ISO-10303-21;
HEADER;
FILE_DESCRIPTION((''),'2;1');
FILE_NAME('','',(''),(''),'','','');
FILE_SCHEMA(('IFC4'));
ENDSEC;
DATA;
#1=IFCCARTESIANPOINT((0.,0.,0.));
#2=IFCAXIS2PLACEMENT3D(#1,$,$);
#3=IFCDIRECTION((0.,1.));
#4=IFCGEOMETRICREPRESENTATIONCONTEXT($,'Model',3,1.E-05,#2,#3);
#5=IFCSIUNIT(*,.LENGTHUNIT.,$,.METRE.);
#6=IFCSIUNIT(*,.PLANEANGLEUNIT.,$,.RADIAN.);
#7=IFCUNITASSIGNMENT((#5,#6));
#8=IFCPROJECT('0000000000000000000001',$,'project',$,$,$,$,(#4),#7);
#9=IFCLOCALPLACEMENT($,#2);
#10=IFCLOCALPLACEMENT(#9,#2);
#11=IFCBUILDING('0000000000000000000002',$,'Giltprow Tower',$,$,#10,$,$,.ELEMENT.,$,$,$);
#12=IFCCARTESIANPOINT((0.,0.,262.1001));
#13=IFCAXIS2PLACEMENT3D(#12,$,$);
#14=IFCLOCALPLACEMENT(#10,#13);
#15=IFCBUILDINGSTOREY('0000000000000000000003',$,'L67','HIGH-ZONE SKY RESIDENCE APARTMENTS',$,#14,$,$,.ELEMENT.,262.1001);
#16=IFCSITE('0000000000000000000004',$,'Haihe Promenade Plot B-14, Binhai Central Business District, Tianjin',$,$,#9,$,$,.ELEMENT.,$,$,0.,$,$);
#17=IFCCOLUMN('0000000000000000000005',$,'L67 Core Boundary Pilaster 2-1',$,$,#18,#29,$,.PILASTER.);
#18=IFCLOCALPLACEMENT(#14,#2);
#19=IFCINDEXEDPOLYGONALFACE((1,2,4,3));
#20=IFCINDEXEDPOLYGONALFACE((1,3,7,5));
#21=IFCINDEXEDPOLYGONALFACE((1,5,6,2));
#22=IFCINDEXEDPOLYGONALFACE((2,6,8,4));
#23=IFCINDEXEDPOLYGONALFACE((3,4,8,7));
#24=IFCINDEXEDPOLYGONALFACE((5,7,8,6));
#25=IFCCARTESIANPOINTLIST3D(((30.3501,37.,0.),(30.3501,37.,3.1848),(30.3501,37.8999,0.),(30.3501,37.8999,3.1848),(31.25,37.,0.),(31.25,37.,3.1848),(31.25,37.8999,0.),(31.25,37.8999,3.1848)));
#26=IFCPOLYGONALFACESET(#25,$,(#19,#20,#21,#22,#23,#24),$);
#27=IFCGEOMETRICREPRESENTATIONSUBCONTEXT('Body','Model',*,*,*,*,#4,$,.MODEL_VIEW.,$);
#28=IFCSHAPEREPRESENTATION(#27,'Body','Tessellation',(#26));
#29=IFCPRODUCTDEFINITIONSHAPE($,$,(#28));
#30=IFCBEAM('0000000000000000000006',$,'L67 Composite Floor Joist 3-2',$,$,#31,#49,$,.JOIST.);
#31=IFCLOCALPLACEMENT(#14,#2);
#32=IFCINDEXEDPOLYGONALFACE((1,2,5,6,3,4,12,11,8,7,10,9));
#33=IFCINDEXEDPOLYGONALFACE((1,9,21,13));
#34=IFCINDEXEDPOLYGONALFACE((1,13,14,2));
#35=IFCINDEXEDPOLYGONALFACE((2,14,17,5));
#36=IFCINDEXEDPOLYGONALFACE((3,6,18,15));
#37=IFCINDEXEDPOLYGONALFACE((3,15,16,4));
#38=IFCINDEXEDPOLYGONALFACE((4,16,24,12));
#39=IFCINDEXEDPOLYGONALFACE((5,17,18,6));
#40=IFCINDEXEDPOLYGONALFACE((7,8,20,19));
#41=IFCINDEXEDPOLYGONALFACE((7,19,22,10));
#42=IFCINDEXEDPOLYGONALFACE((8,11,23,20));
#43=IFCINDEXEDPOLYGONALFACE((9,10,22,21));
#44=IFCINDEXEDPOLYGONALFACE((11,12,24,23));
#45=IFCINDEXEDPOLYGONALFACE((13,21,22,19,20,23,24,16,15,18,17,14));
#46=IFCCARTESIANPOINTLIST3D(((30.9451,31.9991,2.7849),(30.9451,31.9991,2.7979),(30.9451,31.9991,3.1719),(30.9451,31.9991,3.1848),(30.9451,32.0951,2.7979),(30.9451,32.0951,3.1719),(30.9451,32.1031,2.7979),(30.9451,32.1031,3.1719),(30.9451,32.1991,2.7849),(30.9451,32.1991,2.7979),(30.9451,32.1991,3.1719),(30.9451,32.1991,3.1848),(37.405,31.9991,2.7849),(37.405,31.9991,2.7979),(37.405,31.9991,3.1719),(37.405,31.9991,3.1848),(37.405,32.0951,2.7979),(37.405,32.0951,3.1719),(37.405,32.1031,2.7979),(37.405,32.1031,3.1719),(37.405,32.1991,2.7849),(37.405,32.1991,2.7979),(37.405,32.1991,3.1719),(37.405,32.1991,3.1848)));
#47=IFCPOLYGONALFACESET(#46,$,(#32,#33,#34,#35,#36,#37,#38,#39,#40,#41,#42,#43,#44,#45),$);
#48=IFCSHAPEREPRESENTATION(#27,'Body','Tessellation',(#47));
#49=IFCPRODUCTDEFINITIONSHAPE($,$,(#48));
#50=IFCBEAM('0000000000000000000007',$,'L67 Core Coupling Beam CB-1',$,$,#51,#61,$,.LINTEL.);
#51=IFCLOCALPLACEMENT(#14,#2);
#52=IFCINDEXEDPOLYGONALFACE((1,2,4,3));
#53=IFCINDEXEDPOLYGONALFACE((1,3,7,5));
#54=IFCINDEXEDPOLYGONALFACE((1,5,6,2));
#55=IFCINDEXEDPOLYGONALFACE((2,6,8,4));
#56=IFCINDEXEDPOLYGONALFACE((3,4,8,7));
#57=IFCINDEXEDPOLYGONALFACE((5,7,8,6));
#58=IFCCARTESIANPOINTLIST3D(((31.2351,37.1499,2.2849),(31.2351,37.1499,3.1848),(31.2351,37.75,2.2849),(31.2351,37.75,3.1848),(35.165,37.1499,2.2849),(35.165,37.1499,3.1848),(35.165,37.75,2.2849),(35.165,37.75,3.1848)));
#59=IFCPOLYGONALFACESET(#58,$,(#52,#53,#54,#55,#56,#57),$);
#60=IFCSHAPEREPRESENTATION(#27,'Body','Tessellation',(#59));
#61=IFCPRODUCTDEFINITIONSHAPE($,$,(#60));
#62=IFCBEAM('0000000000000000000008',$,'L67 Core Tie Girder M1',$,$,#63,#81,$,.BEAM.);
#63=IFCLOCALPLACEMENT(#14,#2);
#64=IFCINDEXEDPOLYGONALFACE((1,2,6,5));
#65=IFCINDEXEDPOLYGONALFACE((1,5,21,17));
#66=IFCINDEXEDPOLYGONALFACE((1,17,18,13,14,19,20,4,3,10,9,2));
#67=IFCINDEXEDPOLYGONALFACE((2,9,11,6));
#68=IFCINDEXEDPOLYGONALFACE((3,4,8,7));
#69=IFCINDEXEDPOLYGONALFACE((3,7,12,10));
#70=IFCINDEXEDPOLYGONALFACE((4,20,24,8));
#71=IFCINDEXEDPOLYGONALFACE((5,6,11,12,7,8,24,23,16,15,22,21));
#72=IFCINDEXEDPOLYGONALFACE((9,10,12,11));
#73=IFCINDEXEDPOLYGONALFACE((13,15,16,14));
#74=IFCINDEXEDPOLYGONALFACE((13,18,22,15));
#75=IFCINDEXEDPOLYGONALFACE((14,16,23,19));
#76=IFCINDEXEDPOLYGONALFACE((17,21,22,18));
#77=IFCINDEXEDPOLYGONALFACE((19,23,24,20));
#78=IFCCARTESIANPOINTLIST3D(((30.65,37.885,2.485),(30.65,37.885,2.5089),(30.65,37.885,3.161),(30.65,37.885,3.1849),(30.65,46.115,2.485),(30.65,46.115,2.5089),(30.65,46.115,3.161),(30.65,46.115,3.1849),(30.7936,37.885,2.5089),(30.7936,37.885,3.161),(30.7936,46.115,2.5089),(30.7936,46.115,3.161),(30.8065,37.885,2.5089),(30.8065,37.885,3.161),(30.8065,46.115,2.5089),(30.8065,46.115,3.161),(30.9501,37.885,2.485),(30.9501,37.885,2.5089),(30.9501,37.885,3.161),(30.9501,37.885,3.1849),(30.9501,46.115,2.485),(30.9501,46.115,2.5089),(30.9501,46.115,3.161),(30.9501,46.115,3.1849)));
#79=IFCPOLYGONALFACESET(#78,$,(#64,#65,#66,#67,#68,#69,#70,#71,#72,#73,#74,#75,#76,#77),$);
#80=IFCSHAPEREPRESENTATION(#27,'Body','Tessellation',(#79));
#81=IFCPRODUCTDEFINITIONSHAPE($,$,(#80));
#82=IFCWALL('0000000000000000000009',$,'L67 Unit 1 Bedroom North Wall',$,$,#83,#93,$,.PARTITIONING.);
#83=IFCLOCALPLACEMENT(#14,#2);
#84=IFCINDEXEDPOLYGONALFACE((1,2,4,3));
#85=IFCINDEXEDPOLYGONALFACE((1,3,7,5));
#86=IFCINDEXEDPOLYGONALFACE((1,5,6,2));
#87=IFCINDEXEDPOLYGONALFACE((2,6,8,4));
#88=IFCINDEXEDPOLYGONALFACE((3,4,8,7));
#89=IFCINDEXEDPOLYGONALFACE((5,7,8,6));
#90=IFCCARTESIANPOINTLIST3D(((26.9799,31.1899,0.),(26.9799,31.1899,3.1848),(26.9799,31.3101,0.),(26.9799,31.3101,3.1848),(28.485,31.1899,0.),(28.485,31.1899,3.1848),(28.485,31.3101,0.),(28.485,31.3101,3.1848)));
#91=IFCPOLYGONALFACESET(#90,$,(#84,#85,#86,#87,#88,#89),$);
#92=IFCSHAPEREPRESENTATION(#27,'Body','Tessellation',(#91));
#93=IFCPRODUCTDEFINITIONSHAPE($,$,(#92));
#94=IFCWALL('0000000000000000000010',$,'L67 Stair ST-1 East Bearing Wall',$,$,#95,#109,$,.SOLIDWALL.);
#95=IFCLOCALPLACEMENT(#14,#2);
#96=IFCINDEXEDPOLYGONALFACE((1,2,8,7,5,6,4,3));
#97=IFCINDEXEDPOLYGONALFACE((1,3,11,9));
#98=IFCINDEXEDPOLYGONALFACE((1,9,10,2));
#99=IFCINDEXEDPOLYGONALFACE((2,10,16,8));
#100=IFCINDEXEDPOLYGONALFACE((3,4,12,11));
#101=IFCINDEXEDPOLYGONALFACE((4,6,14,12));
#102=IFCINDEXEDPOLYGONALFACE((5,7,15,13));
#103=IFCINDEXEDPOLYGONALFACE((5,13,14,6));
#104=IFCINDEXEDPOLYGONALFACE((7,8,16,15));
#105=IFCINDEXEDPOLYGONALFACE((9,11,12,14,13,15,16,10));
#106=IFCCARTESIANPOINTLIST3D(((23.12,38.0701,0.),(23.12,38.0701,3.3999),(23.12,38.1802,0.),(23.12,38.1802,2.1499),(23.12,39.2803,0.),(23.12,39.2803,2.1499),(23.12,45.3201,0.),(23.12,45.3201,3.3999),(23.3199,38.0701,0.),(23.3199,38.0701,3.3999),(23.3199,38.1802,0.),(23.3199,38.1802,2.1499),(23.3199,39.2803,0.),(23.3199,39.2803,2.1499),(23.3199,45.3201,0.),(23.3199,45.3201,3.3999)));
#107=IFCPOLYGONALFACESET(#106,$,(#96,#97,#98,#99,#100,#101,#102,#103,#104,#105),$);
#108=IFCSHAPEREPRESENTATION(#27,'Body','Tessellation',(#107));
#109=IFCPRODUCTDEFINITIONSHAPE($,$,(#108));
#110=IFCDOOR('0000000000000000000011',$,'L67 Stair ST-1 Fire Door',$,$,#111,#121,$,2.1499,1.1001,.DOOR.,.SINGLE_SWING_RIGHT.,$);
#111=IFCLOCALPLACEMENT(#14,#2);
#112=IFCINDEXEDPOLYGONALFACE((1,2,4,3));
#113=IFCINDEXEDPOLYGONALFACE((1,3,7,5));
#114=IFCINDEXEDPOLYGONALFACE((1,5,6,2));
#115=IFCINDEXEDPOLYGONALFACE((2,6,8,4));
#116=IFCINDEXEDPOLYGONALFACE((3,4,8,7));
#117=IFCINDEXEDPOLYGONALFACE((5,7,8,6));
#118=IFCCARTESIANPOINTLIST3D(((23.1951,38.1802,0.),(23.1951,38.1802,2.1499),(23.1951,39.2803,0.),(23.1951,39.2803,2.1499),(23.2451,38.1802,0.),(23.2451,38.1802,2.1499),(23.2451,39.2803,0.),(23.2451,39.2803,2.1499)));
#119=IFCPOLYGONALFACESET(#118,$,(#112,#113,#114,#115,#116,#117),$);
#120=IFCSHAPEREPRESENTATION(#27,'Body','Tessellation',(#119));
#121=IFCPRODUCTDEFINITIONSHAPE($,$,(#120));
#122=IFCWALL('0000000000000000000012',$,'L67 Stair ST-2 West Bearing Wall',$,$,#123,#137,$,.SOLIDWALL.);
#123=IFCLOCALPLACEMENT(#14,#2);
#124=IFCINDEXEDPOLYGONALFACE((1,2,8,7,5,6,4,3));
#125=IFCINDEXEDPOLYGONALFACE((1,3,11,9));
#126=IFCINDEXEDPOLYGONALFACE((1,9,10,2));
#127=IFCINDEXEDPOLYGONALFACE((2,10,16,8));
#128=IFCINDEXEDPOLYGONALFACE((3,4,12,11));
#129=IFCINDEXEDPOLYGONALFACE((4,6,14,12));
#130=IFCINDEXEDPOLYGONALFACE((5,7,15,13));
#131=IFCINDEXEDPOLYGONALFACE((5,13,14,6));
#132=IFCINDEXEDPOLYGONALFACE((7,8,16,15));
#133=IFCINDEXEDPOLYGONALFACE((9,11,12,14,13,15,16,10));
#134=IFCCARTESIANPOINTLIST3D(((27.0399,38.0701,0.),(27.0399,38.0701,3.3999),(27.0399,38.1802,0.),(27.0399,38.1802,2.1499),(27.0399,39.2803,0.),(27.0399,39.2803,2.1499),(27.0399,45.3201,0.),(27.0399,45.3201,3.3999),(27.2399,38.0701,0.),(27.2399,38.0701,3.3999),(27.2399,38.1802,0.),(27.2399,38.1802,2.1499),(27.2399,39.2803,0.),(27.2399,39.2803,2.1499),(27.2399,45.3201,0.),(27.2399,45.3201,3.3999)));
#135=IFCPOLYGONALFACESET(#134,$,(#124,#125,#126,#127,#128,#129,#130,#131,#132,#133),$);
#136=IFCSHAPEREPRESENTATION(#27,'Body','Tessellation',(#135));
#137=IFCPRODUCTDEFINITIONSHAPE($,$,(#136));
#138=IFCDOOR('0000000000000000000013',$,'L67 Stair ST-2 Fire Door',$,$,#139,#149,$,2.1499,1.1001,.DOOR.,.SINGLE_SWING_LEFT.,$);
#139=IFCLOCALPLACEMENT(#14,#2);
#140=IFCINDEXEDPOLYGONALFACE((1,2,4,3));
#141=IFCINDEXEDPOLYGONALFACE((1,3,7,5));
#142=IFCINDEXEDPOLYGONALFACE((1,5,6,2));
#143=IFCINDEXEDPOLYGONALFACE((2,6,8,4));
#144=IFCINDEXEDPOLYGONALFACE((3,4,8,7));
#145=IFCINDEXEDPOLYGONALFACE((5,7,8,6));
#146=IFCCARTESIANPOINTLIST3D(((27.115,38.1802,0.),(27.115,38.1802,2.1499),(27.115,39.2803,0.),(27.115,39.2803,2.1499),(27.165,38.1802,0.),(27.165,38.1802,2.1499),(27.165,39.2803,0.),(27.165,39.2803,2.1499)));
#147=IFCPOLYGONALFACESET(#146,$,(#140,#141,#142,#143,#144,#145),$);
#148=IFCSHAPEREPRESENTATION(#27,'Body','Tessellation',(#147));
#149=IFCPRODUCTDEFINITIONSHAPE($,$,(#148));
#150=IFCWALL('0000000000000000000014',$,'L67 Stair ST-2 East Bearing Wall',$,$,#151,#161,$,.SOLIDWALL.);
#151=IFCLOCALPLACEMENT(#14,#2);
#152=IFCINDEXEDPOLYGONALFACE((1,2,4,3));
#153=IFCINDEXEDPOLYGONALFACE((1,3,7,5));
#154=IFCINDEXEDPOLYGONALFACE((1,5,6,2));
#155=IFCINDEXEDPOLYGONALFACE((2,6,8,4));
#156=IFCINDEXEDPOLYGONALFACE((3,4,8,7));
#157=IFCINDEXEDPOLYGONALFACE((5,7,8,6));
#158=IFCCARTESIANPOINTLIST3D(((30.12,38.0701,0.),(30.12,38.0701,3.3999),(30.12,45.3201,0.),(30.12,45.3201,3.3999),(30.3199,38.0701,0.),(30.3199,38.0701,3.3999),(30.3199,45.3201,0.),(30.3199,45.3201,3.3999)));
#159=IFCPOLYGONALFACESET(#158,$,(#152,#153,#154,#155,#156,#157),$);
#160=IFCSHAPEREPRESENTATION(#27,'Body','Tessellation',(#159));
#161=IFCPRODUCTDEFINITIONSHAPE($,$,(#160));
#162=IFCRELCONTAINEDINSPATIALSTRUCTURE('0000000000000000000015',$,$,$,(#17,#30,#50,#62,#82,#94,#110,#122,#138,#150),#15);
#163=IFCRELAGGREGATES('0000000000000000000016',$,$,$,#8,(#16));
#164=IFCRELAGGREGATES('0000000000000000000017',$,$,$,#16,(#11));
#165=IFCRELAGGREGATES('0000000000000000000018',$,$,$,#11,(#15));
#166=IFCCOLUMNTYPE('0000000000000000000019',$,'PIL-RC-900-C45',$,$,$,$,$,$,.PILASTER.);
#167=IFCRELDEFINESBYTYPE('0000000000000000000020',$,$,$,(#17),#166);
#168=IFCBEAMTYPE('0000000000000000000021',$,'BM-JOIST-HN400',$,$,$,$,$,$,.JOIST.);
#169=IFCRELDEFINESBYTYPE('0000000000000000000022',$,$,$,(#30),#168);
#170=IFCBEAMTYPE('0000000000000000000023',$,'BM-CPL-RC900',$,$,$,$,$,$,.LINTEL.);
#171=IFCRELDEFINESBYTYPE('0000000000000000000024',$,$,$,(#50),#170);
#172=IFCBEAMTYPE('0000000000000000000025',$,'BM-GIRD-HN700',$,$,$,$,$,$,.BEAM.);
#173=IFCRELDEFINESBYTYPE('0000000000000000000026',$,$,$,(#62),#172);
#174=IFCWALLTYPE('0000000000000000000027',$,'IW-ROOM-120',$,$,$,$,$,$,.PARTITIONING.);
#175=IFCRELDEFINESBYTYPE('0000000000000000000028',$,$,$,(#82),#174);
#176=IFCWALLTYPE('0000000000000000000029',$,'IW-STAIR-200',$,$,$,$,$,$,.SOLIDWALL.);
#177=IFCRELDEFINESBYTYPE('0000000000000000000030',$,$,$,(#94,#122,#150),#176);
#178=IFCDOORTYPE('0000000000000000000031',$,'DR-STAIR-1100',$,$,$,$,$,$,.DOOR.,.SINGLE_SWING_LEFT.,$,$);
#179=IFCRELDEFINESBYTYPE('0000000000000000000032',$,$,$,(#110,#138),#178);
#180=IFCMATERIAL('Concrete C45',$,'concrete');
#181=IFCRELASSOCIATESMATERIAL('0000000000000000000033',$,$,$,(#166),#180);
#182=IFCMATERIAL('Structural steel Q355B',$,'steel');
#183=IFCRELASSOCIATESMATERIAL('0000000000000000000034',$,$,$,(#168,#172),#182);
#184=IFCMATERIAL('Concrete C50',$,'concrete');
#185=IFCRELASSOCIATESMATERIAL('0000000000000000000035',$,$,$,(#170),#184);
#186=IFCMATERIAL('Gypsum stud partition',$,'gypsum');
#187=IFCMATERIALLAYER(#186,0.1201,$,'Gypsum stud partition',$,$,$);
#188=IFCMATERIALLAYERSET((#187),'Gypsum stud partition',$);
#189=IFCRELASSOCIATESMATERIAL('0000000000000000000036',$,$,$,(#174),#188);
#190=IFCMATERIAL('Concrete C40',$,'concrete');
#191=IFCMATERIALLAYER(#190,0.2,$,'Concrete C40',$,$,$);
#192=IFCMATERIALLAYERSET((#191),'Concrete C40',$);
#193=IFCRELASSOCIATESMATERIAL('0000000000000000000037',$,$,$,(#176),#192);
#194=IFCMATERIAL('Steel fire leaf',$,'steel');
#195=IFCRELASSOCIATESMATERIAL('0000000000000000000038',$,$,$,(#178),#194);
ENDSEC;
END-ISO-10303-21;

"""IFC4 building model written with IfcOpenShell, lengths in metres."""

from ifc_helpers import new_model, si_unit, direction, frame, frame_2d, origin, origin_2d, place, context, subcontext, project, spatial, rectangle, i_section, extrude, source, transform, mapped, material, layer, layer_set, material_profile, profile_set, type_object, element, fill, save


model = new_model("IFC4")

# Units and contexts
model_context = context("Model", 3, precision=1e-05, world=origin(), true_north=direction((0.0, 1.0)))
body_context = subcontext(model_context, "Body", "Model", "MODEL_VIEW")
ifc_project = project(units=[si_unit("LENGTHUNIT", "METRE"), si_unit("PLANEANGLEUNIT", "RADIAN")], contexts=[model_context])

# Site, building, storey
site_placement = place(None, origin())
site = spatial("IfcSite", under=ifc_project, at=site_placement, Name="Haihe Promenade Plot B-14, Binhai Central Business District, Tianjin", CompositionType="ELEMENT", RefElevation=0.0)
building_placement = place(site_placement, origin())
building = spatial("IfcBuilding", under=site, at=building_placement, Name="Giltprow Tower", CompositionType="ELEMENT")
storey_placement = place(building_placement, frame((0.0, 0.0, 262.1001)))
storey = spatial("IfcBuildingStorey", under=building, at=storey_placement, Name="L67", Description="HIGH-ZONE SKY RESIDENCE APARTMENTS", CompositionType="ELEMENT", Elevation=262.1001)

# Column
ifc_material_1 = material(Name="Concrete C45", Category="concrete")
ifc_material_profile_1 = material_profile(ifc_material_1, rectangle(XDim=0.8999, YDim=0.8999, at=origin_2d()), Name="RC 900x900")
ifc_profile_set_1 = profile_set([ifc_material_profile_1], Name="Concrete C45")
column_type = type_object("IfcColumnType", Name="PIL-RC-900-C45", PredefinedType="PILASTER", material=ifc_profile_set_1)
shared_shape_1 = source(origin(), body_context, "Body", "SweptSolid", [
    extrude(rectangle(XDim=0.8999, YDim=0.8999, at=origin_2d()), origin(), (0.0, 0.0, 1.0), 3.1848),
])
column_placement = place(storey_placement, frame((30.8, 37.45, 0.0), z_axis=(0.0, 0.0, 1.0), x_axis=(1.0, 0.0, 0.0)))
element("IfcColumn", 1, at=column_placement, inside=storey, type_object=column_type, Name="L67 Core Boundary Pilaster 2-1", PredefinedType="PILASTER", context=body_context, shape_type="MappedRepresentation", body=[
    mapped(shared_shape_1, transform((0.0, 0.0, 0.0), x_axis=(1.0, 0.0, 0.0), y_axis=(0.0, 1.0, 0.0), z_axis=(0.0, 0.0, 1.0), scale=1.0)),
])

# Beams
ifc_material_2 = material(Name="Structural steel Q355B", Category="steel")
ifc_material_profile_2 = material_profile(ifc_material_2, i_section(OverallWidth=0.2, OverallDepth=0.3999, WebThickness=0.0081, FlangeThickness=0.0129, at=origin_2d()), Name="HN 400x200x8x13")
ifc_profile_set_2 = profile_set([ifc_material_profile_2], Name="Structural steel Q355B")
beam_type_1 = type_object("IfcBeamType", Name="BM-JOIST-HN400", PredefinedType="JOIST", material=ifc_profile_set_2)
shared_shape_2 = source(origin(), body_context, "Body", "SweptSolid", [
    extrude(i_section(OverallWidth=0.2, OverallDepth=0.3999, WebThickness=0.0081, FlangeThickness=0.0129, at=origin_2d()), origin(), (0.0, 0.0, 1.0), 6.46),
])
beam_1_placement = place(storey_placement, frame((30.9451, 32.0991, 2.9849), z_axis=(1.0, 0.0, 0.0), x_axis=(0.0, 1.0, 0.0)))
element("IfcBeam", 2, at=beam_1_placement, inside=storey, type_object=beam_type_1, Name="L67 Composite Floor Joist 3-2", PredefinedType="JOIST", context=body_context, shape_type="MappedRepresentation", body=[
    mapped(shared_shape_2, transform((0.0, 0.0, 0.0), x_axis=(1.0, 0.0, 0.0), y_axis=(0.0, 1.0, 0.0), z_axis=(0.0, 0.0, 1.0), scale=1.0)),
])
ifc_material_3 = material(Name="Concrete C50", Category="concrete")
ifc_material_profile_3 = material_profile(ifc_material_3, rectangle(XDim=0.6001, YDim=0.8999, at=origin_2d()), Name="RC 900x600")
ifc_profile_set_3 = profile_set([ifc_material_profile_3], Name="Concrete C50")
beam_type_2 = type_object("IfcBeamType", Name="BM-CPL-RC900", PredefinedType="LINTEL", material=ifc_profile_set_3)
shared_shape_3 = source(origin(), body_context, "Body", "SweptSolid", [
    extrude(rectangle(XDim=0.6001, YDim=0.8999, at=origin_2d()), origin(), (0.0, 0.0, 1.0), 3.9299),
])
beam_2_placement = place(storey_placement, frame((31.2351, 37.45, 2.7349), z_axis=(1.0, 0.0, 0.0), x_axis=(0.0, 1.0, 0.0)))
element("IfcBeam", 3, at=beam_2_placement, inside=storey, type_object=beam_type_2, Name="L67 Core Coupling Beam CB-1", PredefinedType="LINTEL", context=body_context, shape_type="MappedRepresentation", body=[
    mapped(shared_shape_3, transform((0.0, 0.0, 0.0), x_axis=(1.0, 0.0, 0.0), y_axis=(0.0, 1.0, 0.0), z_axis=(0.0, 0.0, 1.0), scale=1.0)),
])
ifc_material_profile_4 = material_profile(ifc_material_2, i_section(OverallWidth=0.3, OverallDepth=0.7, WebThickness=0.0129, FlangeThickness=0.0239, at=origin_2d()), Name="HN 700x300x13x24")
ifc_profile_set_4 = profile_set([ifc_material_profile_4], Name="Structural steel Q355B")
beam_type_3 = type_object("IfcBeamType", Name="BM-GIRD-HN700", PredefinedType="BEAM", material=ifc_profile_set_4)
shared_shape_4 = source(origin(), body_context, "Body", "SweptSolid", [
    extrude(i_section(OverallWidth=0.3, OverallDepth=0.7, WebThickness=0.0129, FlangeThickness=0.0239, at=origin_2d()), origin(), (0.0, 0.0, 1.0), 8.23),
])
beam_3_placement = place(storey_placement, frame((30.8, 37.885, 2.835), z_axis=(0.0, 1.0, 0.0), x_axis=(-1.0, 0.0, 0.0)))
element("IfcBeam", 4, at=beam_3_placement, inside=storey, type_object=beam_type_3, Name="L67 Core Tie Girder M1", PredefinedType="BEAM", context=body_context, shape_type="MappedRepresentation", body=[
    mapped(shared_shape_4, transform((0.0, 0.0, 0.0), x_axis=(1.0, 0.0, 0.0), y_axis=(0.0, 1.0, 0.0), z_axis=(0.0, 0.0, 1.0), scale=1.0)),
])

# Wall
ifc_material_4 = material(Name="Gypsum stud partition", Category="gypsum")
ifc_layer_1 = layer(ifc_material_4, 0.1201, Name="Gypsum stud partition")
ifc_layer_set_1 = layer_set([ifc_layer_1], Name="Gypsum stud partition")
wall_type_1 = type_object("IfcWallType", Name="IW-ROOM-120", PredefinedType="PARTITIONING", material=ifc_layer_set_1)
wall_1_placement = place(storey_placement, frame((26.98, 31.25, 0.0), z_axis=(0.0, 0.0, 1.0), x_axis=(1.0, 0.0, 0.0)))
element("IfcWall", 5, at=wall_1_placement, inside=storey, type_object=wall_type_1, Name="L67 Unit 1 Bedroom North Wall", PredefinedType="PARTITIONING", context=body_context, shape_type="SweptSolid", body=[
    extrude(rectangle(XDim=1.5051, YDim=0.1201, at=frame_2d((0.7524, 0.0))), origin(), (0.0, 0.0, 1.0), 3.1848),
])

# Walls, openings, doors
ifc_material_5 = material(Name="Concrete C40", Category="concrete")
ifc_layer_2 = layer(ifc_material_5, 0.2, Name="Concrete C40")
ifc_layer_set_2 = layer_set([ifc_layer_2], Name="Concrete C40")
wall_type_2 = type_object("IfcWallType", Name="IW-STAIR-200", PredefinedType="SOLIDWALL", material=ifc_layer_set_2)
wall_2_placement = place(storey_placement, frame((23.22, 38.0701, 0.0), z_axis=(0.0, 0.0, 1.0), x_axis=(0.0, 1.0, 0.0)))
wall_2 = element("IfcWall", 6, at=wall_2_placement, inside=storey, type_object=wall_type_2, Name="L67 Stair ST-1 East Bearing Wall", PredefinedType="SOLIDWALL", context=body_context, shape_type="SweptSolid", body=[
    extrude(rectangle(XDim=7.25, YDim=0.2, at=frame_2d((3.625, 0.0))), origin(), (0.0, 0.0, 1.0), 3.3999),
])
opening_1_placement = place(wall_2_placement, frame((0.1101, 0.0, 0.0)))
opening_1 = element("IfcOpeningElement", 7, at=opening_1_placement, cuts=wall_2, PredefinedType="OPENING", context=body_context, shape_type="SweptSolid", body=[
    extrude(rectangle(XDim=1.1001, YDim=2.1499, at=frame_2d((0.55, 1.075))), frame((0.0, 0.1099, 0.0), z_axis=(0.0, -1.0, 0.0), x_axis=(1.0, 0.0, 0.0)), (0.0, 0.0, 1.0), 0.22),
])
ifc_material_6 = material(Name="Steel fire leaf", Category="steel")
door_type_1 = type_object("IfcDoorType", Name="DR-STAIR-1100", OperationType="SINGLE_SWING_LEFT", PredefinedType="DOOR", material=ifc_material_6)
shared_shape_5 = source(origin(), body_context, "Body", "SweptSolid", [
    extrude(rectangle(XDim=1.1001, YDim=2.1499, at=frame_2d((0.55, 1.075))), frame((0.0, 0.0249, 0.0), z_axis=(0.0, -1.0, 0.0), x_axis=(1.0, 0.0, 0.0)), (0.0, 0.0, 1.0), 0.05),
])
door_1_placement = place(opening_1_placement, origin())
door_1 = element("IfcDoor", 8, at=door_1_placement, inside=storey, type_object=door_type_1, Name="L67 Stair ST-1 Fire Door", OperationType="SINGLE_SWING_RIGHT", OverallHeight=2.1499, OverallWidth=1.1001, PredefinedType="DOOR", context=body_context, shape_type="MappedRepresentation", body=[
    mapped(shared_shape_5, transform((0.0, 0.0, 0.0), x_axis=(1.0, 0.0, 0.0), y_axis=(0.0, 1.0, 0.0), z_axis=(0.0, 0.0, 1.0), scale=1.0)),
])
fill(opening_1, door_1)
wall_3_placement = place(storey_placement, frame((27.1399, 38.0701, 0.0), z_axis=(0.0, 0.0, 1.0), x_axis=(0.0, 1.0, 0.0)))
wall_3 = element("IfcWall", 9, at=wall_3_placement, inside=storey, type_object=wall_type_2, Name="L67 Stair ST-2 West Bearing Wall", PredefinedType="SOLIDWALL", context=body_context, shape_type="SweptSolid", body=[
    extrude(rectangle(XDim=7.25, YDim=0.2, at=frame_2d((3.625, 0.0))), origin(), (0.0, 0.0, 1.0), 3.3999),
])
opening_2_placement = place(wall_3_placement, frame((0.1101, 0.0, 0.0)))
opening_2 = element("IfcOpeningElement", 10, at=opening_2_placement, cuts=wall_3, PredefinedType="OPENING", context=body_context, shape_type="SweptSolid", body=[
    extrude(rectangle(XDim=1.1001, YDim=2.1499, at=frame_2d((0.55, 1.075))), frame((0.0, 0.1099, 0.0), z_axis=(0.0, -1.0, 0.0), x_axis=(1.0, 0.0, 0.0)), (0.0, 0.0, 1.0), 0.22),
])
door_2_placement = place(opening_2_placement, origin())
door_2 = element("IfcDoor", 11, at=door_2_placement, inside=storey, type_object=door_type_1, Name="L67 Stair ST-2 Fire Door", OperationType="SINGLE_SWING_LEFT", OverallHeight=2.1499, OverallWidth=1.1001, PredefinedType="DOOR", context=body_context, shape_type="MappedRepresentation", body=[
    mapped(shared_shape_5, transform((0.0, 0.0, 0.0), x_axis=(1.0, 0.0, 0.0), y_axis=(0.0, 1.0, 0.0), z_axis=(0.0, 0.0, 1.0), scale=1.0)),
])
fill(opening_2, door_2)

# Wall
wall_4_placement = place(storey_placement, frame((30.22, 38.0701, 0.0), z_axis=(0.0, 0.0, 1.0), x_axis=(0.0, 1.0, 0.0)))
element("IfcWall", 12, at=wall_4_placement, inside=storey, type_object=wall_type_2, Name="L67 Stair ST-2 East Bearing Wall", PredefinedType="SOLIDWALL", context=body_context, shape_type="SweptSolid", body=[
    extrude(rectangle(XDim=7.25, YDim=0.2, at=frame_2d((3.625, 0.0))), origin(), (0.0, 0.0, 1.0), 3.3999),
])

save(model, "model.ifc")
